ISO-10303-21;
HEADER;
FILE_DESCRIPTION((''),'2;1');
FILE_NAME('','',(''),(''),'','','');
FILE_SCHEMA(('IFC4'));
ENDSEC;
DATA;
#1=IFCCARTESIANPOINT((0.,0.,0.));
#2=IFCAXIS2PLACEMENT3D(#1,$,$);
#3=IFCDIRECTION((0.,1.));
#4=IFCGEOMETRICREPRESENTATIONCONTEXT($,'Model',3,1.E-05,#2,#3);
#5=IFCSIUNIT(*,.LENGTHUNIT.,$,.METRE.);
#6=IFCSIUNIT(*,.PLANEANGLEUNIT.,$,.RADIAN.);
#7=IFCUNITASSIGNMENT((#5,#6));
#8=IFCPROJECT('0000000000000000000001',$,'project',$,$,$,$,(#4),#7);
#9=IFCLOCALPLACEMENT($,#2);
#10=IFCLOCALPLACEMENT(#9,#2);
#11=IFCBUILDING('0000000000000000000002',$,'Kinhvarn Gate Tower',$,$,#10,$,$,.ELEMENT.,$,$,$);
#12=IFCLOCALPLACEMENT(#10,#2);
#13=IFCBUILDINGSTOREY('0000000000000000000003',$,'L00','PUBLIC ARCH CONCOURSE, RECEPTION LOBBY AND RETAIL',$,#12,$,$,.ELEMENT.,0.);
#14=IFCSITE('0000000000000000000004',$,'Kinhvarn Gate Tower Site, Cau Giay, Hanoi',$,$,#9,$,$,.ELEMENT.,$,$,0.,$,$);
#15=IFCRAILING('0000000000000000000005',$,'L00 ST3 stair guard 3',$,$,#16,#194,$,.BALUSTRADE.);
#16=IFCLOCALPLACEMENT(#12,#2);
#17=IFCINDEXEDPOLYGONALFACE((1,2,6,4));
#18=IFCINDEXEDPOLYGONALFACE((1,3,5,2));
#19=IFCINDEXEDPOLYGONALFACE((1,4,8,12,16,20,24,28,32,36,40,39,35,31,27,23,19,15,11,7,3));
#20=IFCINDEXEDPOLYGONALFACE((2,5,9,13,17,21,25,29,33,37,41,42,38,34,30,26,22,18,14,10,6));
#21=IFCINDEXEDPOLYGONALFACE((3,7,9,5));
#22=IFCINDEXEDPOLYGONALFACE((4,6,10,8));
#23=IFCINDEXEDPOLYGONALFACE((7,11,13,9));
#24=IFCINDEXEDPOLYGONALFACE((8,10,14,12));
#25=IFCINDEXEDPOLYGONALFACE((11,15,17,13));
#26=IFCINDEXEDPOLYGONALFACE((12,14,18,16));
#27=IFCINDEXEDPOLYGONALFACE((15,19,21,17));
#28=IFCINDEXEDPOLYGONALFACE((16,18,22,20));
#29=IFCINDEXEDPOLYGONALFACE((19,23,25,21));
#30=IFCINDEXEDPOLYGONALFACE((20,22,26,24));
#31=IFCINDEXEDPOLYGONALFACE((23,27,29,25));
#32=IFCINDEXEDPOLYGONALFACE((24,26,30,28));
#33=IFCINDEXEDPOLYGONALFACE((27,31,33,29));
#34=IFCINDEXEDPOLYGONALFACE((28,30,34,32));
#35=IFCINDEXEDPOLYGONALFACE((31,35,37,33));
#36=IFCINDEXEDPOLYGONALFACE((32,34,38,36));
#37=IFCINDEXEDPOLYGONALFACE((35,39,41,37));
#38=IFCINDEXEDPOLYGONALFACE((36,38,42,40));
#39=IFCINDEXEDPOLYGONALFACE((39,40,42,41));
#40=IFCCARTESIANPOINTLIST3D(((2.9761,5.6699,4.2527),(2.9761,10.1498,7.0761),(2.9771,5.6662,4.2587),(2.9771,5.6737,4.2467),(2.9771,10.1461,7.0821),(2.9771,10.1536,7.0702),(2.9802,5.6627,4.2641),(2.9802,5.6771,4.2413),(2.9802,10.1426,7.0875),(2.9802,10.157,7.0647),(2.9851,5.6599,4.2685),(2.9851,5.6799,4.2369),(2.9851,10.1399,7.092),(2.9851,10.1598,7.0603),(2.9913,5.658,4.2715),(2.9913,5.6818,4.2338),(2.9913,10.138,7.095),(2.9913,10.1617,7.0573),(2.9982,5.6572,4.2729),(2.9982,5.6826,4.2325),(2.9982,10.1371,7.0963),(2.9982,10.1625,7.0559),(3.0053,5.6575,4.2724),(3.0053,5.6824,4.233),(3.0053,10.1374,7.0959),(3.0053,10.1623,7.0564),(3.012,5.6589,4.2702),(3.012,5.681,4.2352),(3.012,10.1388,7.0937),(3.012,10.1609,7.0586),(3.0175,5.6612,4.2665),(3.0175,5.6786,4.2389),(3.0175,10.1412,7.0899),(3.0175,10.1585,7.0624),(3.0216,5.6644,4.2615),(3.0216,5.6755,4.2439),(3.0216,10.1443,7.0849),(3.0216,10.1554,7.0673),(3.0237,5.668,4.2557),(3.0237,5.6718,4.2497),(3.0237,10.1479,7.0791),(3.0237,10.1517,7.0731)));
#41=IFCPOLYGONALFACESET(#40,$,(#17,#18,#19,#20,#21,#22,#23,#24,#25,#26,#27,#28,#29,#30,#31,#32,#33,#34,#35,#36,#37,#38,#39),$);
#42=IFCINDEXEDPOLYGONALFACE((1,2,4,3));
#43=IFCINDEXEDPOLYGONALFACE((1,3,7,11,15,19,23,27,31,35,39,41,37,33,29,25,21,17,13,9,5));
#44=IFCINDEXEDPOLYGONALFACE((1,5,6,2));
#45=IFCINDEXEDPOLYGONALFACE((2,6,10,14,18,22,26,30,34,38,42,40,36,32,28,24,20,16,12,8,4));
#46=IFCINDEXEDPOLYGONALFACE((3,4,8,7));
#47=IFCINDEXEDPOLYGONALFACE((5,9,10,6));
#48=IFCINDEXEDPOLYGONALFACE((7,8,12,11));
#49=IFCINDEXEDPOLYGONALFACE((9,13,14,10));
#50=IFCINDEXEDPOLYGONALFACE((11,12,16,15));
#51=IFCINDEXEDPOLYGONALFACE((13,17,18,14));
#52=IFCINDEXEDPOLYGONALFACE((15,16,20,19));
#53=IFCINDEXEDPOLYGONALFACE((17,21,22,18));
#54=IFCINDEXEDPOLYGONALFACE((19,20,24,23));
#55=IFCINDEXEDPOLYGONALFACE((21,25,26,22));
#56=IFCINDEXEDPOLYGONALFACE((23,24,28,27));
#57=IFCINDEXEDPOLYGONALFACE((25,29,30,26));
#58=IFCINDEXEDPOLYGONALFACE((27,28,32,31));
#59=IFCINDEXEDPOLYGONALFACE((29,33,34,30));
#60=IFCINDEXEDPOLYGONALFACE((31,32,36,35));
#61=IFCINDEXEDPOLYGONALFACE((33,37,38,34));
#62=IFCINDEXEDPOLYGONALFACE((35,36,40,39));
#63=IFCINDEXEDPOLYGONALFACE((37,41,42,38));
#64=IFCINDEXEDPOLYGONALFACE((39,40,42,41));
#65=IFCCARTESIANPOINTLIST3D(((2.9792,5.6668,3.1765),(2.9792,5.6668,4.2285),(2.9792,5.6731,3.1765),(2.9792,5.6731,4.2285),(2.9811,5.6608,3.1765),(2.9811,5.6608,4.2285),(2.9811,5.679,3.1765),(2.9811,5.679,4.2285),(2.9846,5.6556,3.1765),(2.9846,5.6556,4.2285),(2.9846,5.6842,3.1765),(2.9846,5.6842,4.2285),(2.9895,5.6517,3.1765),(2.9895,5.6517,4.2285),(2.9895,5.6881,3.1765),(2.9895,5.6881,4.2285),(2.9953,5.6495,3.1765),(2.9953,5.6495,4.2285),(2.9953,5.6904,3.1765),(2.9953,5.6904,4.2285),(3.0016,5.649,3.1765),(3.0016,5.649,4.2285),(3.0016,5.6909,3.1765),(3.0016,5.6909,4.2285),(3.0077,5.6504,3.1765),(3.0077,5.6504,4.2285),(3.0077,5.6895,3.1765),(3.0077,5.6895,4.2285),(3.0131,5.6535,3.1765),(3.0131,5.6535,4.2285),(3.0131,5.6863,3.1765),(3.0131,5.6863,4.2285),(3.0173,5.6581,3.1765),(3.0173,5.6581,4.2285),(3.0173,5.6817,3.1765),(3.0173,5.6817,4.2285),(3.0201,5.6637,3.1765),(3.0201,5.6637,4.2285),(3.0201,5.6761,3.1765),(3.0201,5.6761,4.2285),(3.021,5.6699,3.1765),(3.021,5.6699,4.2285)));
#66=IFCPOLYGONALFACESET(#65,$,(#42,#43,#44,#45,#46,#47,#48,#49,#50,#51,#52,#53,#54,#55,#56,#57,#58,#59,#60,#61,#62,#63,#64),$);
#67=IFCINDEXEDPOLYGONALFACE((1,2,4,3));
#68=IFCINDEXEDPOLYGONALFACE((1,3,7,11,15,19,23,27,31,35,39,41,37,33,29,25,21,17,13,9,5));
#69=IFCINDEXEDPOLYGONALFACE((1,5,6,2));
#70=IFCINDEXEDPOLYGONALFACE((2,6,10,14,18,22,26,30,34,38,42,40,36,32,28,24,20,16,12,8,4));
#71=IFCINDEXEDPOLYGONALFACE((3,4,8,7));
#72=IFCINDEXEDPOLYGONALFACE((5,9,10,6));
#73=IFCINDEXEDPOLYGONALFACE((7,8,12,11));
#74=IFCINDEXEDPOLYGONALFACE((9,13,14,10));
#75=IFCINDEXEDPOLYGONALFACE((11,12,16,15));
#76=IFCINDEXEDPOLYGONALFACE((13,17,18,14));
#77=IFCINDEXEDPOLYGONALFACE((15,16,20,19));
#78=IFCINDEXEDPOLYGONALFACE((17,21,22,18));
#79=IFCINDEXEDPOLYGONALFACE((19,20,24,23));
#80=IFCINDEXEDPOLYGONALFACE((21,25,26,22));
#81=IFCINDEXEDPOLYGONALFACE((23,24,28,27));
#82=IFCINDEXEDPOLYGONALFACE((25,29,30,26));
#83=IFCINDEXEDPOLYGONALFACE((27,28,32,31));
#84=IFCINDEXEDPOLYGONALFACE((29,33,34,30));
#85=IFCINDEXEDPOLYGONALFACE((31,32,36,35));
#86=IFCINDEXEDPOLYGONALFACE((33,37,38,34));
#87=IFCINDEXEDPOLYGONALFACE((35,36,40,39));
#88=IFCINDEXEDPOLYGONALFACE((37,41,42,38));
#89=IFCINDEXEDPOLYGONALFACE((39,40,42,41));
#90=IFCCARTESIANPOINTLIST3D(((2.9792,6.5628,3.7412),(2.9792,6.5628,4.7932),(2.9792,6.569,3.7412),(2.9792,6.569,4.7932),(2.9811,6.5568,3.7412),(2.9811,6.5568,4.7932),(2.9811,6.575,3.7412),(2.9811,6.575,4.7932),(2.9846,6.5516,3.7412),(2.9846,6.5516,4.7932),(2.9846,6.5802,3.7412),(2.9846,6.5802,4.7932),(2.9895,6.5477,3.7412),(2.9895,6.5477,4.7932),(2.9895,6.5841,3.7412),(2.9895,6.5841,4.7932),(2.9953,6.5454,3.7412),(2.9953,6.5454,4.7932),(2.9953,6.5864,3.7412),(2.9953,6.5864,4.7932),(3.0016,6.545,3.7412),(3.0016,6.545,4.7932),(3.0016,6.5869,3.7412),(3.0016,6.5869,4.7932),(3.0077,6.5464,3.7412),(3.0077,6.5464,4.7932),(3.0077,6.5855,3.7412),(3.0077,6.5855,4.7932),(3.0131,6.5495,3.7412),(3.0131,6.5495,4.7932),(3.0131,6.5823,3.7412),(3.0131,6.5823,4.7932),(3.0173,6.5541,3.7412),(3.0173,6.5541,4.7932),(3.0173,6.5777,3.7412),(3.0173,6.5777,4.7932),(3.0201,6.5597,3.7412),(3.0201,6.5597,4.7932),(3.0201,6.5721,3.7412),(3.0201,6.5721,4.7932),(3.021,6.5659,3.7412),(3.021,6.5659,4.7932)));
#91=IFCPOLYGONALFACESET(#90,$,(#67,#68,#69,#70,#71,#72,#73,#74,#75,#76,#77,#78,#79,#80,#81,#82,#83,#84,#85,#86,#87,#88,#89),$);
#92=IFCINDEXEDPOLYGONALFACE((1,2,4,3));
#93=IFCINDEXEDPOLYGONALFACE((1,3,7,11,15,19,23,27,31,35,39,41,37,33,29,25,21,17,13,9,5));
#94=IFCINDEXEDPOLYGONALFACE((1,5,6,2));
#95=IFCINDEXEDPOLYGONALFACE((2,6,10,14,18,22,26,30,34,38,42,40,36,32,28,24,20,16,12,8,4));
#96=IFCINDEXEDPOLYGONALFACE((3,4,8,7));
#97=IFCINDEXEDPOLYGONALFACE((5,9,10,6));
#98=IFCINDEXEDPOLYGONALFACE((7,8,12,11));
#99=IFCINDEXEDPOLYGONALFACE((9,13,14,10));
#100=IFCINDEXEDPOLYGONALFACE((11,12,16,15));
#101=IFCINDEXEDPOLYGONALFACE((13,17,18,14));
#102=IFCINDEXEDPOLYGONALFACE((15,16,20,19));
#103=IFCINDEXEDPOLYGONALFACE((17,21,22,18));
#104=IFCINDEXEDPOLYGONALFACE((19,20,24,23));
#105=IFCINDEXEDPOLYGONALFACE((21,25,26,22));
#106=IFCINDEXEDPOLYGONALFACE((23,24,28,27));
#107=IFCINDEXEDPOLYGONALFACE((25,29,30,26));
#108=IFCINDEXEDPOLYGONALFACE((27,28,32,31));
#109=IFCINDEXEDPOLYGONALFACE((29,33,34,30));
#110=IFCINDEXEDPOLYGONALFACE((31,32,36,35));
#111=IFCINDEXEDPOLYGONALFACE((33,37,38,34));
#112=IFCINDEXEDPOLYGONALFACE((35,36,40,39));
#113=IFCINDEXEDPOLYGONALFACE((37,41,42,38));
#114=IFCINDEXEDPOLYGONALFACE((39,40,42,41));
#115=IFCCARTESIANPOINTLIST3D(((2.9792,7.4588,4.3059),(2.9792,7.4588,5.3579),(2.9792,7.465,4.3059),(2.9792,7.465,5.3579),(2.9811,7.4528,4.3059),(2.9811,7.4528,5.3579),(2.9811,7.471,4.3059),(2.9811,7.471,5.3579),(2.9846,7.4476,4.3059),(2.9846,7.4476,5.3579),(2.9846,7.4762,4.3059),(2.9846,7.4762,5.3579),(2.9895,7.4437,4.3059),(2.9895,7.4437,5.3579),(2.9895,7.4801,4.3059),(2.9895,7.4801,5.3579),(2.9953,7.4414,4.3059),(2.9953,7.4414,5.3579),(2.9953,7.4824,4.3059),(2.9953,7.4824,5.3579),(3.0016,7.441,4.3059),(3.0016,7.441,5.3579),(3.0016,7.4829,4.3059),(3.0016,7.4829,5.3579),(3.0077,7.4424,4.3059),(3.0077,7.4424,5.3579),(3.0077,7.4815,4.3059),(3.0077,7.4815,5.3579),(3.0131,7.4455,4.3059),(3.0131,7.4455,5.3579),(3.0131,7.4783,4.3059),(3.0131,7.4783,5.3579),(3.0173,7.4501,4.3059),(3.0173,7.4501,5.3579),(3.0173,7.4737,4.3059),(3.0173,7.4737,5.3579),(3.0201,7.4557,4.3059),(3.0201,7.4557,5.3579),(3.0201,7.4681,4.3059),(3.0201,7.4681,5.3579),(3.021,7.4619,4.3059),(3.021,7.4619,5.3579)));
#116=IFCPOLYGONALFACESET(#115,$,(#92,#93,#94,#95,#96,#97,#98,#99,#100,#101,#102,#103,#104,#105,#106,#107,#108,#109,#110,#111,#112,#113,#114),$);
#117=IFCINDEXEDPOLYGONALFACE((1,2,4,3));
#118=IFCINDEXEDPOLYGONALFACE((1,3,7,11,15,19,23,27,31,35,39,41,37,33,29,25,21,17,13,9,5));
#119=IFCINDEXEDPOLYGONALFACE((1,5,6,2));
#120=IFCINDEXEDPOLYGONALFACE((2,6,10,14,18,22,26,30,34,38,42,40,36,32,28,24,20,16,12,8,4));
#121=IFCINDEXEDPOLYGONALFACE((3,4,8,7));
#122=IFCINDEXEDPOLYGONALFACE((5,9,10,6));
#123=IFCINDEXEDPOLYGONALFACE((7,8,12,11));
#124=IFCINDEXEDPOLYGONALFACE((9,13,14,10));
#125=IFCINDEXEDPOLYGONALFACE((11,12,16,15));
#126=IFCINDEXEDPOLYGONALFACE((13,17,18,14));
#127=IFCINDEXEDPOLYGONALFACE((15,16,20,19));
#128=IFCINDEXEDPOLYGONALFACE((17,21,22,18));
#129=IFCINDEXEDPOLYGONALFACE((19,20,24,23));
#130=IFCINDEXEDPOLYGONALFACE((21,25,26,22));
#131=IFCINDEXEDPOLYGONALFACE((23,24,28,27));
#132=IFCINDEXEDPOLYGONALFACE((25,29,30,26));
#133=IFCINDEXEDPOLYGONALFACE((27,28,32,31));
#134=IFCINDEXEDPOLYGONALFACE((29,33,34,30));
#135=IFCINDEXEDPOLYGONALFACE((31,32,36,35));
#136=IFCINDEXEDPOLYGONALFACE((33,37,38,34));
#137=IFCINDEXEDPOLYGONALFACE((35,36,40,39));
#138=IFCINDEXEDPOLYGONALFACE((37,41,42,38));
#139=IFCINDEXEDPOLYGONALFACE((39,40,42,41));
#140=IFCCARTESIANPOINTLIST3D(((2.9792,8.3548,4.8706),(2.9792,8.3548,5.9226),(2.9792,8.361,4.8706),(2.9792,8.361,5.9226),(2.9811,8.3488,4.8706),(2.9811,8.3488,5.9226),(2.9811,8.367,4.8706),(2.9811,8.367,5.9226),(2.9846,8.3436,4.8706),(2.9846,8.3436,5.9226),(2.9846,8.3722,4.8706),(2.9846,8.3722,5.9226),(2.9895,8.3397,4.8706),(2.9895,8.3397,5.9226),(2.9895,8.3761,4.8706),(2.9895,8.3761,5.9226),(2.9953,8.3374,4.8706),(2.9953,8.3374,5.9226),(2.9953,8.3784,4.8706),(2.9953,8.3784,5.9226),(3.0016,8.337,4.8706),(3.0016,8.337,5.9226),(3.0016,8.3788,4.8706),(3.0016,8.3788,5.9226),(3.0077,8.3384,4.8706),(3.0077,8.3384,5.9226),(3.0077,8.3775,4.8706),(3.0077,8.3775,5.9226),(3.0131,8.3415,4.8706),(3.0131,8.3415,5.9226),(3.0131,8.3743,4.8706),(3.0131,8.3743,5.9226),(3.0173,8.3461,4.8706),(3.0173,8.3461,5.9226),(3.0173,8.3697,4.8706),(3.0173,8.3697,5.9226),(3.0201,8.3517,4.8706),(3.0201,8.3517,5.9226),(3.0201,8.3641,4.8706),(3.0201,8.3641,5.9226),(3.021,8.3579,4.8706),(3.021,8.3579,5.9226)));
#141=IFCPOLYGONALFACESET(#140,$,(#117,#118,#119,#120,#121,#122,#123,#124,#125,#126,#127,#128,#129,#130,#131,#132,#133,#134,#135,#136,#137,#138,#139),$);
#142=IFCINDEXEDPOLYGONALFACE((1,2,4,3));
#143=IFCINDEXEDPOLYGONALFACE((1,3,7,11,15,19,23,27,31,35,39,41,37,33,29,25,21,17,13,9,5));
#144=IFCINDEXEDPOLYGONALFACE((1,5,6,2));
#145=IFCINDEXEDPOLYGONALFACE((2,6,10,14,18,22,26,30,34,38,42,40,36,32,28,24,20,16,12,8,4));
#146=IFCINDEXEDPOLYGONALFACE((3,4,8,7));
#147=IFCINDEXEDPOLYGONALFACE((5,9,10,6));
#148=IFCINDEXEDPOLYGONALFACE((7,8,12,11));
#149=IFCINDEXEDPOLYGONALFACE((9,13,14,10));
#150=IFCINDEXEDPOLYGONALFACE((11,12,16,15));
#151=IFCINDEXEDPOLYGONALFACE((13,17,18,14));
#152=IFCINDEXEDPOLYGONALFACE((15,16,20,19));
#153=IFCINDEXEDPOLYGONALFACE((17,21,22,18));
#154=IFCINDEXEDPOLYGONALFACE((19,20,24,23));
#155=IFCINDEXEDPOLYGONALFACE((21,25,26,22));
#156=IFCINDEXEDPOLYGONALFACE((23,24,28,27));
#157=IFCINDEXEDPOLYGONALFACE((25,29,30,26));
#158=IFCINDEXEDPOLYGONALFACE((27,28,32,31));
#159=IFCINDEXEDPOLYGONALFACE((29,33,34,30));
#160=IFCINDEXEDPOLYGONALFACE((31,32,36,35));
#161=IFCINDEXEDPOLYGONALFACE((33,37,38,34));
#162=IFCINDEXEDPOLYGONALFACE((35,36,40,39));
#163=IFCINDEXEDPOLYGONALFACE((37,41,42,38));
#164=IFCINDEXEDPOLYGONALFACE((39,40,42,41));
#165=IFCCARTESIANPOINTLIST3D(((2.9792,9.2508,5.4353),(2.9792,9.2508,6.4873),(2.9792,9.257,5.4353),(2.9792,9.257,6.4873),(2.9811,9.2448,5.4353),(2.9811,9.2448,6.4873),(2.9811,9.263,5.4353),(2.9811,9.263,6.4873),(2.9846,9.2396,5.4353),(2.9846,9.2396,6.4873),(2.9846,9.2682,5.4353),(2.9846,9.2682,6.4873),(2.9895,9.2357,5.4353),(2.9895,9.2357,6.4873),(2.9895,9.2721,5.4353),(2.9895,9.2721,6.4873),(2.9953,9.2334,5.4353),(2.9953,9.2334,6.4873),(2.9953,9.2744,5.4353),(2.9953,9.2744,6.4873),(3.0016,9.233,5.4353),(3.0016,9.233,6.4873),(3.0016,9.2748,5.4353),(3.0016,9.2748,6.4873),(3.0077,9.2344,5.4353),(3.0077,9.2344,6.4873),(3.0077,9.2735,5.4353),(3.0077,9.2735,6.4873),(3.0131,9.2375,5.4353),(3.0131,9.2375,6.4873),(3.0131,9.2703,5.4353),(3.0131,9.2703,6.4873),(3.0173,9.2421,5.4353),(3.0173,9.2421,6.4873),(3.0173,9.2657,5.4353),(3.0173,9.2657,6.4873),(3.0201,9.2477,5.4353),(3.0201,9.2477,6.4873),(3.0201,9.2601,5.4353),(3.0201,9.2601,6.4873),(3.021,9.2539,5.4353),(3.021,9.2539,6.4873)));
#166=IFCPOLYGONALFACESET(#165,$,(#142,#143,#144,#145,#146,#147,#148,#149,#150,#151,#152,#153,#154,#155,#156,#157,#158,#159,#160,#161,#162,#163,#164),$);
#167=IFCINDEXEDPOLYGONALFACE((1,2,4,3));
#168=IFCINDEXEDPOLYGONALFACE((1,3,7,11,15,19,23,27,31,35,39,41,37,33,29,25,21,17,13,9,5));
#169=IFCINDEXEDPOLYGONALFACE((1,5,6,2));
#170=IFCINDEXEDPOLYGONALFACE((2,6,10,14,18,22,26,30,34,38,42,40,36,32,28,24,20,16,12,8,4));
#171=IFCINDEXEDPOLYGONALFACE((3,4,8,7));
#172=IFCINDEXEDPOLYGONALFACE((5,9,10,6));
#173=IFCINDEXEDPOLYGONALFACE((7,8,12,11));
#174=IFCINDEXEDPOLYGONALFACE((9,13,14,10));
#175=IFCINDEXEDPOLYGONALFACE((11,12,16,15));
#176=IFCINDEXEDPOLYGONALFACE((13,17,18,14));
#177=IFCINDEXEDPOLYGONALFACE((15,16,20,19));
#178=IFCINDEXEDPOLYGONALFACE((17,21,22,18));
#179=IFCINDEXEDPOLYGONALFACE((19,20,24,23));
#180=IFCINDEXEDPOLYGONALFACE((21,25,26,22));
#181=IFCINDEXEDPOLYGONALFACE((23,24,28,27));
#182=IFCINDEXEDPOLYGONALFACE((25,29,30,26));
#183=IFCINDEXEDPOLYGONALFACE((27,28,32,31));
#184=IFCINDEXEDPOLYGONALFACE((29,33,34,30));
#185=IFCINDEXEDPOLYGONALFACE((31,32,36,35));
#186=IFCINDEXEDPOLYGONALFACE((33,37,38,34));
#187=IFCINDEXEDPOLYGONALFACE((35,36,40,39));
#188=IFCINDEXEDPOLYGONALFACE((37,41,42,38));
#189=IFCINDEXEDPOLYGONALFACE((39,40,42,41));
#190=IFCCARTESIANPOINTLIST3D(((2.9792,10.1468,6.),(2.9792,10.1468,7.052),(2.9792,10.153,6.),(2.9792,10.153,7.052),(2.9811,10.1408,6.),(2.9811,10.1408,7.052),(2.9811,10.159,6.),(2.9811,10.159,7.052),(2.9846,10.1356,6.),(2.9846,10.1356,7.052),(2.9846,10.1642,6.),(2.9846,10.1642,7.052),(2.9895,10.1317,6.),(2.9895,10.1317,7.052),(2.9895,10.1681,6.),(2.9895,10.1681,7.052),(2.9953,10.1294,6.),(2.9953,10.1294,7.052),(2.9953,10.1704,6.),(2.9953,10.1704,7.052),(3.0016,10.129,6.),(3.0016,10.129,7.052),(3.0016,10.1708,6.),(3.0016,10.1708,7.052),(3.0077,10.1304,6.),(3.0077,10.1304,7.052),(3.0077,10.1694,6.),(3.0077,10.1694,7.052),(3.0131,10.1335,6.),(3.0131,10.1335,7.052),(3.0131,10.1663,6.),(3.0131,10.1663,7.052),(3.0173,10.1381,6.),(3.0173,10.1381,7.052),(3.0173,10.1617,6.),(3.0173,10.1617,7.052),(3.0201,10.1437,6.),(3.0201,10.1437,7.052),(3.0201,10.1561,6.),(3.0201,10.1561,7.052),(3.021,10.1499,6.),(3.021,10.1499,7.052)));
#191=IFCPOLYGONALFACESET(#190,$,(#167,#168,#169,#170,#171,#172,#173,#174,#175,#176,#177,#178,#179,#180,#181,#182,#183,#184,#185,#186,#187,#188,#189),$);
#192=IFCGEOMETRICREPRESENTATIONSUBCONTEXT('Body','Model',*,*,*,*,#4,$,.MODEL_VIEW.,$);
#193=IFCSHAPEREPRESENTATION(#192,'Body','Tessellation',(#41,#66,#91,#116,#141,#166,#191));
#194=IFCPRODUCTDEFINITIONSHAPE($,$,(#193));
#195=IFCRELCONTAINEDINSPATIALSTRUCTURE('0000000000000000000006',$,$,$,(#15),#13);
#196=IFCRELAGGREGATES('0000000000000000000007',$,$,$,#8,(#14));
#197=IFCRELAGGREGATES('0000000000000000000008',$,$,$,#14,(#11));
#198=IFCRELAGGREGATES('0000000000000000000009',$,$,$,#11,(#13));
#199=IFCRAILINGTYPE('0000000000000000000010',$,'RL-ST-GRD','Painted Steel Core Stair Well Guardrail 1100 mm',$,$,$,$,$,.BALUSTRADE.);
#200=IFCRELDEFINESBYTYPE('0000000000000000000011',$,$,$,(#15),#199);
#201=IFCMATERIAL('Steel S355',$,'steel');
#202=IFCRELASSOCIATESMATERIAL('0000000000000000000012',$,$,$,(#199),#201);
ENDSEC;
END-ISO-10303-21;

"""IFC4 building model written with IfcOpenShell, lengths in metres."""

from ifc_helpers import new_model, si_unit, direction, frame, origin, origin_2d, place, context, subcontext, project, spatial, circle, extrude, material, type_object, element, save


model = new_model("IFC4")

# Units and contexts
model_context = context("Model", 3, precision=1e-05, world=origin(), true_north=direction((0.0, 1.0)))
body_context = subcontext(model_context, "Body", "Model", "MODEL_VIEW")
ifc_project = project(units=[si_unit("LENGTHUNIT", "METRE"), si_unit("PLANEANGLEUNIT", "RADIAN")], contexts=[model_context])

# Site, building, storey
site_placement = place(None, origin())
site = spatial("IfcSite", under=ifc_project, at=site_placement, Name="Kinhvarn Gate Tower Site, Cau Giay, Hanoi", CompositionType="ELEMENT", RefElevation=0.0)
building_placement = place(site_placement, origin())
building = spatial("IfcBuilding", under=site, at=building_placement, Name="Kinhvarn Gate Tower", CompositionType="ELEMENT")
storey_placement = place(building_placement, origin())
storey = spatial("IfcBuildingStorey", under=building, at=storey_placement, Name="L00", Description="PUBLIC ARCH CONCOURSE, RECEPTION LOBBY AND RETAIL", CompositionType="ELEMENT", Elevation=0.0)

# Railing
ifc_material_1 = material(Name="Steel S355", Category="steel")
railing_type_1 = type_object("IfcRailingType", Name="RL-ST-GRD", Description="Painted Steel Core Stair Well Guardrail 1100 mm", PredefinedType="BALUSTRADE", material=ifc_material_1)
railing_1_placement = place(storey_placement, frame((3.0, 5.6699, 3.1765)))
element("IfcRailing", 1, at=railing_1_placement, inside=storey, type_object=railing_type_1, Name="L00 ST3 stair guard 3", PredefinedType="BALUSTRADE", context=body_context, shape_type="SweptSolid", body=[
    extrude(circle(Radius=0.0239, at=origin_2d()), frame((0.0, 0.0, 1.0762), z_axis=(0.0, 0.845998, 0.533186), x_axis=(-1.0, 0.0, 0.0)), (0.0, 0.0, 1.0), 5.2954),
    extrude(circle(Radius=0.021, at=origin_2d()), origin(), (0.0, 0.0, 1.0), 1.052),
    extrude(circle(Radius=0.021, at=origin_2d()), frame((0.0, 0.896, 0.5647)), (0.0, 0.0, 1.0), 1.052),
    extrude(circle(Radius=0.021, at=origin_2d()), frame((0.0, 1.792, 1.1294)), (0.0, 0.0, 1.0), 1.052),
    extrude(circle(Radius=0.021, at=origin_2d()), frame((0.0, 2.688, 1.6941)), (0.0, 0.0, 1.0), 1.052),
    extrude(circle(Radius=0.021, at=origin_2d()), frame((0.0, 3.584, 2.2588)), (0.0, 0.0, 1.0), 1.052),
    extrude(circle(Radius=0.021, at=origin_2d()), frame((0.0, 4.48, 2.8235)), (0.0, 0.0, 1.0), 1.052),
])

save(model, "model.ifc")
